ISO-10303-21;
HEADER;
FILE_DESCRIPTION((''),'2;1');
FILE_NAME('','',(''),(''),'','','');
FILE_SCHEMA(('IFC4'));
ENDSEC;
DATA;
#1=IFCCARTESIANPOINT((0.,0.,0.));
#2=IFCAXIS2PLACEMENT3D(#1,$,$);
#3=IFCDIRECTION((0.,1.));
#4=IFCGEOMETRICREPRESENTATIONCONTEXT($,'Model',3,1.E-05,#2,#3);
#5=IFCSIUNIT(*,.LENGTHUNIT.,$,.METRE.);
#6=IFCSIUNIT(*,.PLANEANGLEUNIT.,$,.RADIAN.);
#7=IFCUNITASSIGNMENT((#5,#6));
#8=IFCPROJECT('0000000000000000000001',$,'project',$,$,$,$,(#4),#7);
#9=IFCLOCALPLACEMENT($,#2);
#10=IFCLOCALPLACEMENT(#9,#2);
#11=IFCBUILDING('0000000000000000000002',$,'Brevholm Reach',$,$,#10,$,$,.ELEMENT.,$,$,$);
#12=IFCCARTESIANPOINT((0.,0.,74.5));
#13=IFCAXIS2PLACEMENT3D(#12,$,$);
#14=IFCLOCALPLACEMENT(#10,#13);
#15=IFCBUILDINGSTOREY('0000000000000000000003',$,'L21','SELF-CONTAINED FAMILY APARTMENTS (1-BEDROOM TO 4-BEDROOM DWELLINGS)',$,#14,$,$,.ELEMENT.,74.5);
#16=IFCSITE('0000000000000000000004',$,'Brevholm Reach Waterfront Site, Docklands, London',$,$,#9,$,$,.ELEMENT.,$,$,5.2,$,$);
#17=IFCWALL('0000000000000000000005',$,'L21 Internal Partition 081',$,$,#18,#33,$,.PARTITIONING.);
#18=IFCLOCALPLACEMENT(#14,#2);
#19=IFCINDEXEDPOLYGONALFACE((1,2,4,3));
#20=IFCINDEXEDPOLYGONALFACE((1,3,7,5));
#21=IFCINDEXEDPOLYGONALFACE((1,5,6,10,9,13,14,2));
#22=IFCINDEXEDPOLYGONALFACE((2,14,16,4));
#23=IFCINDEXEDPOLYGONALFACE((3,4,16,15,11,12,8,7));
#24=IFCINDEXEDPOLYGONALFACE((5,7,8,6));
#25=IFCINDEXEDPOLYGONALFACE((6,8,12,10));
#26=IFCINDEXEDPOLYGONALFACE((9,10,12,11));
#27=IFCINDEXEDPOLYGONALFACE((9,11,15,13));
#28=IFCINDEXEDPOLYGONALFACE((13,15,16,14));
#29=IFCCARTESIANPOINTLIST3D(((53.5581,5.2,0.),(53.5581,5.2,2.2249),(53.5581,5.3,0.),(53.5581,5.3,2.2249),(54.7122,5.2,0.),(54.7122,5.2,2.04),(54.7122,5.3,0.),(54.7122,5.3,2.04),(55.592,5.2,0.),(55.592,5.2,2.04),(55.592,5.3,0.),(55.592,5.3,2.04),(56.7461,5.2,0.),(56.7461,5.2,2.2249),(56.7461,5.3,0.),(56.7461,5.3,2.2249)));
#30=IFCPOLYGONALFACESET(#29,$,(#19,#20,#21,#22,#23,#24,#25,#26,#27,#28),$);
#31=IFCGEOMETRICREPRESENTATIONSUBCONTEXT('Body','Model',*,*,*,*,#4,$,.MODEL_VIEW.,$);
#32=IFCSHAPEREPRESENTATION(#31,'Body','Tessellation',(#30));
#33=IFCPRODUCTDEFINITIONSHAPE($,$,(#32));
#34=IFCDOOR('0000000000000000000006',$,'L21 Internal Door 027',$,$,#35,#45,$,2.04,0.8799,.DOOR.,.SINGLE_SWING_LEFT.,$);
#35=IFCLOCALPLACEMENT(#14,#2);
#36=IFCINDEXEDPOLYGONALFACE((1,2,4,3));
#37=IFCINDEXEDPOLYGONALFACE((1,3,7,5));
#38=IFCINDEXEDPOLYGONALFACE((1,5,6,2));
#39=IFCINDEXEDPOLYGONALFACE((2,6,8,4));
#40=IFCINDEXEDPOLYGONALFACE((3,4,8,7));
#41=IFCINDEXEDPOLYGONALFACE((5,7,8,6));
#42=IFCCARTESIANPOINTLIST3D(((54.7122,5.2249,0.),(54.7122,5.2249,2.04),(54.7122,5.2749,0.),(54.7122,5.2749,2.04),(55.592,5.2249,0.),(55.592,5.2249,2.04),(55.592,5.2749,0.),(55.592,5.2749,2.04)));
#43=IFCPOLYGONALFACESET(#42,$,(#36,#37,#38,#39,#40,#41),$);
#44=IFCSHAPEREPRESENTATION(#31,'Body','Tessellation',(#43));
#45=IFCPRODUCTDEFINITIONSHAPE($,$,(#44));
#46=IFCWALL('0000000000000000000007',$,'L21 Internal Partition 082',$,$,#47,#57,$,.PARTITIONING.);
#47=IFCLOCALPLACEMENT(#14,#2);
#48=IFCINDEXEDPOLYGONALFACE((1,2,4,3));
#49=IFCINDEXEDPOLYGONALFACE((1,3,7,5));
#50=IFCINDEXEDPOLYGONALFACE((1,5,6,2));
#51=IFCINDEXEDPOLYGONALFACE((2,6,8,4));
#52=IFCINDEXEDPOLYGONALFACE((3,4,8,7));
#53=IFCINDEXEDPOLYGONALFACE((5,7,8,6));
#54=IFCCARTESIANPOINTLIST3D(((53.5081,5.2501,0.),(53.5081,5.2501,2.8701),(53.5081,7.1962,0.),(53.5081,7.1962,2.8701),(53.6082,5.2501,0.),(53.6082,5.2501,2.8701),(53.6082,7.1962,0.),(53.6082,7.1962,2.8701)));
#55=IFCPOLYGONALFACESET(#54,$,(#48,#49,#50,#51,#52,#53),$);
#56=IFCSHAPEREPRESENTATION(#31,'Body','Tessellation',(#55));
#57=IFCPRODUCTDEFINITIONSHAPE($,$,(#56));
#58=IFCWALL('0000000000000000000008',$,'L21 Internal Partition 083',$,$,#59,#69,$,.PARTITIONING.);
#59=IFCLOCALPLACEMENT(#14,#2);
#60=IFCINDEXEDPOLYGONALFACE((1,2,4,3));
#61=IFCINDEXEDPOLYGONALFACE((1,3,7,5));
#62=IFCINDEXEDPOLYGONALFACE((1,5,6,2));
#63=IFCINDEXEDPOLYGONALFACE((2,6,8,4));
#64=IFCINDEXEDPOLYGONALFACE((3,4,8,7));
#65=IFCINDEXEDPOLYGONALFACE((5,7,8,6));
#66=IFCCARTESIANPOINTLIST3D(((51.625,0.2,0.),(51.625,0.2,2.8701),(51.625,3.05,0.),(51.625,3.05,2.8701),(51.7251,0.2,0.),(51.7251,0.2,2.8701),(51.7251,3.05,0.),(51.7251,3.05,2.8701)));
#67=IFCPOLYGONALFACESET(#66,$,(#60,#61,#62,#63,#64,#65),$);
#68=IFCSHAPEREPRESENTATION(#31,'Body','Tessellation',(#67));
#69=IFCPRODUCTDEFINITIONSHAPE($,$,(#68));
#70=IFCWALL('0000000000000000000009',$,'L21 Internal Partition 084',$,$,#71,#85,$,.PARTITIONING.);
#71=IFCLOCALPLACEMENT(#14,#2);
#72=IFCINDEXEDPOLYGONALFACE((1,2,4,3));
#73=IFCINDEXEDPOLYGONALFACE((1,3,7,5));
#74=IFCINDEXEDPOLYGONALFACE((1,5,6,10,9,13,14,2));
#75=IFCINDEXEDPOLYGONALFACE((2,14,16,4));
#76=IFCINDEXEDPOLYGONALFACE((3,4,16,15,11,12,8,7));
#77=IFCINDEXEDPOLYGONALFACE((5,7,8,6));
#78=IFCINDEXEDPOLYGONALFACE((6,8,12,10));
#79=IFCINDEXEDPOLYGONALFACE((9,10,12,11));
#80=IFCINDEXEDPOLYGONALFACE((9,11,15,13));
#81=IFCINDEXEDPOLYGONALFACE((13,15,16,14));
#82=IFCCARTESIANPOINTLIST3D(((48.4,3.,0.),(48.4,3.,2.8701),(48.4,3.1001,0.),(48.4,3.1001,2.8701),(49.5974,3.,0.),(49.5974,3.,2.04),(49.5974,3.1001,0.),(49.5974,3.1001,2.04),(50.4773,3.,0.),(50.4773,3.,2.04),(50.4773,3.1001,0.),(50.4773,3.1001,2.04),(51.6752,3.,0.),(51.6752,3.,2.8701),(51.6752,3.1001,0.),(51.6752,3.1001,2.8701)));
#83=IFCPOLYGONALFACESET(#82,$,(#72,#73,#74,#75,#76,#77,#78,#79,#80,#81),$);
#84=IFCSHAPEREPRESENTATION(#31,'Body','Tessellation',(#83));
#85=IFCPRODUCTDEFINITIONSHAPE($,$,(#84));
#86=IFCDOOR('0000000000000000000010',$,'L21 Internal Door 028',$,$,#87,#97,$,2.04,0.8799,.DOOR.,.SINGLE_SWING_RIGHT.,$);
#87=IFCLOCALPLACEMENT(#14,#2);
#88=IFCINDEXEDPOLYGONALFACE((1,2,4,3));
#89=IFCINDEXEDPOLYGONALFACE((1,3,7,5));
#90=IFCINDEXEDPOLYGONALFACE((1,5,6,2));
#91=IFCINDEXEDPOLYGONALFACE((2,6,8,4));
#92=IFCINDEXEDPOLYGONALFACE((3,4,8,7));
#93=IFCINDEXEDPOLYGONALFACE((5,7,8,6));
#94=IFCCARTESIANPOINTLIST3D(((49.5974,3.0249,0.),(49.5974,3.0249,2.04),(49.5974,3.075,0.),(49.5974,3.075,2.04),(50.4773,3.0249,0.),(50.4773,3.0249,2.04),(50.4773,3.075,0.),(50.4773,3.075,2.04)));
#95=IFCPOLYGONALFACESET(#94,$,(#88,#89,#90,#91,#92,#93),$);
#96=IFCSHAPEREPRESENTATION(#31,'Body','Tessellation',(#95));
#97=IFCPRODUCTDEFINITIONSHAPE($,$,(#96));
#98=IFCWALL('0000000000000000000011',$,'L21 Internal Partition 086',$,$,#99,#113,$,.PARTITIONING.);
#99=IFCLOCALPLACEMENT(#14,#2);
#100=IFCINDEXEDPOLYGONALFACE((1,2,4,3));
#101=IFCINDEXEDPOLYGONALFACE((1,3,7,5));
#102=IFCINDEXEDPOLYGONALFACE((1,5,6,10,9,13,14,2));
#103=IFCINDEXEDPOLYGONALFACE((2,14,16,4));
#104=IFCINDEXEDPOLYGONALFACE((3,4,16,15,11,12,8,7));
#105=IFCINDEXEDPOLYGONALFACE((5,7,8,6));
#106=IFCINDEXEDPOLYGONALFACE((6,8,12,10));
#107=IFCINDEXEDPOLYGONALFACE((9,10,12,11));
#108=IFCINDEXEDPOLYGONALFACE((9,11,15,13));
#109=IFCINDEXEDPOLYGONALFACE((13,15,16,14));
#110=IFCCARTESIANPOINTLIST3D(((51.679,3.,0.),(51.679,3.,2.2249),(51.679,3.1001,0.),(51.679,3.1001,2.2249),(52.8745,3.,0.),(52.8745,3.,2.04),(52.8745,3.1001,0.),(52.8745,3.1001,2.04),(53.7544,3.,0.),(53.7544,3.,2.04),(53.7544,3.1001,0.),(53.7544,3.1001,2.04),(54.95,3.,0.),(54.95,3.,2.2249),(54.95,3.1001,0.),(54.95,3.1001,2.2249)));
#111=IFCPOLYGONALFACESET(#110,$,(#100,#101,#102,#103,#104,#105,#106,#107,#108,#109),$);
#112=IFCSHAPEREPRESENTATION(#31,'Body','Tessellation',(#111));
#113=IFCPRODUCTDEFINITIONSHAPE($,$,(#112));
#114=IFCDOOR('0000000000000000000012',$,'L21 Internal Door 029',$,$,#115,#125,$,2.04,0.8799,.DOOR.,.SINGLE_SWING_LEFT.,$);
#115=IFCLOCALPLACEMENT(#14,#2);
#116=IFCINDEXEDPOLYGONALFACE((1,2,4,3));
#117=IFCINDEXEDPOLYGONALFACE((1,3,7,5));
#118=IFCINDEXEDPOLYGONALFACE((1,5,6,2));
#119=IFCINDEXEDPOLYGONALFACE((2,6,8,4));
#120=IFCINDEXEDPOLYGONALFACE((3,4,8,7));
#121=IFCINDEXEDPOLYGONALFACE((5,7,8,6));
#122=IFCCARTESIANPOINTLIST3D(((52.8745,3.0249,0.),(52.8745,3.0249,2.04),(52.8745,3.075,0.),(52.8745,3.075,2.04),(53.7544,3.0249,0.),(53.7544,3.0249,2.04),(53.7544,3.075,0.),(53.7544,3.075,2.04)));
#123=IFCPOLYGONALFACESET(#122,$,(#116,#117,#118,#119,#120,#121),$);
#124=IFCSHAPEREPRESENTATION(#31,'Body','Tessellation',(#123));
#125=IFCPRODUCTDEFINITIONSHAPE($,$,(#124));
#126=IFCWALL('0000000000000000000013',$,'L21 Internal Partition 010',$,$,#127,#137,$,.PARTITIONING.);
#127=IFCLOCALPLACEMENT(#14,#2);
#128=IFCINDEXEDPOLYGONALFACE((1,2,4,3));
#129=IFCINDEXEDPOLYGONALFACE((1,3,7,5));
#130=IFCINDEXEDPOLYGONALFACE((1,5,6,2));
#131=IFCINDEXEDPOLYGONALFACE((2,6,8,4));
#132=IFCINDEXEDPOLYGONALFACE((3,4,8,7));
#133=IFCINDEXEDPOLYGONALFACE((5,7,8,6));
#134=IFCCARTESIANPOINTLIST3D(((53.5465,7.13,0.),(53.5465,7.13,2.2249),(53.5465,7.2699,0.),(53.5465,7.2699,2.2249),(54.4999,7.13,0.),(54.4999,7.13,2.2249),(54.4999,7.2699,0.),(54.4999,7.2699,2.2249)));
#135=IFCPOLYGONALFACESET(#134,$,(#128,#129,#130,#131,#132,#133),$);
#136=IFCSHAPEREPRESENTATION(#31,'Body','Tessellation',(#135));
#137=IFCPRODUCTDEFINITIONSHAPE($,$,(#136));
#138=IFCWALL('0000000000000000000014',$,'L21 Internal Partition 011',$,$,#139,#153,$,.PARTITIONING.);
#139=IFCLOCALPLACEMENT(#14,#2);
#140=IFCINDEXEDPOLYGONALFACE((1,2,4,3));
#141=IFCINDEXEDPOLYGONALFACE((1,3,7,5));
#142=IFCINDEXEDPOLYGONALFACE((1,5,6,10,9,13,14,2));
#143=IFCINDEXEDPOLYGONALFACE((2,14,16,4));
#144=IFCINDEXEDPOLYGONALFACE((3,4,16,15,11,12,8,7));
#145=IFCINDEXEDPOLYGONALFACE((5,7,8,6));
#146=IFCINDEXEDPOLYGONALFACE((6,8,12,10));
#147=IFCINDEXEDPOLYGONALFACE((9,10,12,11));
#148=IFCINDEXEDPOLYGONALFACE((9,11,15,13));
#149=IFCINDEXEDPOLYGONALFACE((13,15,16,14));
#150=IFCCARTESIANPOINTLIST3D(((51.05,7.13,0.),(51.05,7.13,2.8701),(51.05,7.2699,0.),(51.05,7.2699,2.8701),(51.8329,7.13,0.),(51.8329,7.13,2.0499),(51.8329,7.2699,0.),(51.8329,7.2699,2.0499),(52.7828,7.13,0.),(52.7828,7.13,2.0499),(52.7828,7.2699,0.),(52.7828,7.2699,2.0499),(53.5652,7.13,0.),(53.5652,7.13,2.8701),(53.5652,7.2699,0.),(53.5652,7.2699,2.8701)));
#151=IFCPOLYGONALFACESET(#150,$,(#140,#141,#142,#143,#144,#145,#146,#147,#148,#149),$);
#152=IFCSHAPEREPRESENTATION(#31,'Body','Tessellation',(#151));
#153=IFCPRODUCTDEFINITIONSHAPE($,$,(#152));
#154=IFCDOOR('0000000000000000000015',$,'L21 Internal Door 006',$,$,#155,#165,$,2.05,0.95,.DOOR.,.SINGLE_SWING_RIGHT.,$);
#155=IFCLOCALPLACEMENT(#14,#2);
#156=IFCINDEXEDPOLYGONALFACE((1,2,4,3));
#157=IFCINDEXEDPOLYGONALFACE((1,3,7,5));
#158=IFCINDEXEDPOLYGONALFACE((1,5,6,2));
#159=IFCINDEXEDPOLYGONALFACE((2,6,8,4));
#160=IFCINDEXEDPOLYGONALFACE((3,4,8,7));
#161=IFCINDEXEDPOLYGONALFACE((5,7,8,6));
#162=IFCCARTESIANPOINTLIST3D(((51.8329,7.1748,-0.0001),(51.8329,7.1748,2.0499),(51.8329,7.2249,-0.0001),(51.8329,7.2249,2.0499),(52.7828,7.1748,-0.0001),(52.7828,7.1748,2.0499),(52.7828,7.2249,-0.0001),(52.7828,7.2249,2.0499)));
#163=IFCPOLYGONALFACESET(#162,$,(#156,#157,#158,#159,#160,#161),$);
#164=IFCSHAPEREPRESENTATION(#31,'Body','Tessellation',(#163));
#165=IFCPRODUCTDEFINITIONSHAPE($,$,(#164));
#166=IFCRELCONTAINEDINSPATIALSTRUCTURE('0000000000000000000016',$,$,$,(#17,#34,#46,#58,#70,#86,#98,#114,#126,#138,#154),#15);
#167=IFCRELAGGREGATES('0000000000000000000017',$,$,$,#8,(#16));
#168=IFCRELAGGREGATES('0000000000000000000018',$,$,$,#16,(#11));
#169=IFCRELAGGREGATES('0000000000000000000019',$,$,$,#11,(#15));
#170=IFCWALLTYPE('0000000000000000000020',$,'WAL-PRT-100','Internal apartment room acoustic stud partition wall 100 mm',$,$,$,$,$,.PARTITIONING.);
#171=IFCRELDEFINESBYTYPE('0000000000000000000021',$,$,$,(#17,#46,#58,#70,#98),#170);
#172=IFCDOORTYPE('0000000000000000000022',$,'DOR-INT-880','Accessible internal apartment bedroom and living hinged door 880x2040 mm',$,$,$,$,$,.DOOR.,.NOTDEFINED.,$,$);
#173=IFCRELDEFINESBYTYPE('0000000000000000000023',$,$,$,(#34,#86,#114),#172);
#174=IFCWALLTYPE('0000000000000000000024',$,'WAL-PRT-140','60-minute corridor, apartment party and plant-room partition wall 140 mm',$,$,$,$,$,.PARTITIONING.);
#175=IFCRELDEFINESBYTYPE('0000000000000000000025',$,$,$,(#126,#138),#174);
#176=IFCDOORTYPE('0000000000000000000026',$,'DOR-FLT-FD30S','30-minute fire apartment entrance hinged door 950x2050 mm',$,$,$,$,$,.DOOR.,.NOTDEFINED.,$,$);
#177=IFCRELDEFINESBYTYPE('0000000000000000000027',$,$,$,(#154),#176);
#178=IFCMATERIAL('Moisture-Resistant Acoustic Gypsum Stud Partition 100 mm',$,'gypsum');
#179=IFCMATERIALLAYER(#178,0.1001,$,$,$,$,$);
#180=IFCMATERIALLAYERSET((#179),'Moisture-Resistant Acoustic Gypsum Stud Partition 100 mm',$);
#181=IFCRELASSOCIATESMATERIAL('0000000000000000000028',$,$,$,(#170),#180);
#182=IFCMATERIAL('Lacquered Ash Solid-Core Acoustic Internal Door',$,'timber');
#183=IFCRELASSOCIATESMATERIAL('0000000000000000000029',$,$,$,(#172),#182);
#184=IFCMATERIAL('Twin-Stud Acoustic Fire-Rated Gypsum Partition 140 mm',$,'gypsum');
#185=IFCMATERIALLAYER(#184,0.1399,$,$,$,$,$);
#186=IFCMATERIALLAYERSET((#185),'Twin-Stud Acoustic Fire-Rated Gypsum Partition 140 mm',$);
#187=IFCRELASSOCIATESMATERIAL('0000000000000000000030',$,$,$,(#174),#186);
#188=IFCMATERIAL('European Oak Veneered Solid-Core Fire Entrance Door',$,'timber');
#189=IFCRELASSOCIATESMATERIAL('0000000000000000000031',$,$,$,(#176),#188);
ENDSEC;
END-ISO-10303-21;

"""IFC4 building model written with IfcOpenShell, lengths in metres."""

from ifc_helpers import new_model, si_unit, direction, frame, frame_2d, origin, place, context, subcontext, project, spatial, rectangle, extrude, material, layer, layer_set, type_object, element, fill, save


model = new_model("IFC4")

# Units and contexts
model_context = context("Model", 3, precision=1e-05, world=origin(), true_north=direction((0.0, 1.0)))
body_context = subcontext(model_context, "Body", "Model", "MODEL_VIEW")
ifc_project = project(units=[si_unit("LENGTHUNIT", "METRE"), si_unit("PLANEANGLEUNIT", "RADIAN")], contexts=[model_context])

# Site, building, storey
site_placement = place(None, origin())
site = spatial("IfcSite", under=ifc_project, at=site_placement, Name="Brevholm Reach Waterfront Site, Docklands, London", CompositionType="ELEMENT", RefElevation=5.2)
building_placement = place(site_placement, origin())
building = spatial("IfcBuilding", under=site, at=building_placement, Name="Brevholm Reach", CompositionType="ELEMENT")
storey_placement = place(building_placement, frame((0.0, 0.0, 74.5)))
storey = spatial("IfcBuildingStorey", under=building, at=storey_placement, Name="L21", Description="SELF-CONTAINED FAMILY APARTMENTS (1-BEDROOM TO 4-BEDROOM DWELLINGS)", CompositionType="ELEMENT", Elevation=74.5)

# Wall, opening, door
ifc_material_1 = material(Name="Moisture-Resistant Acoustic Gypsum Stud Partition 100 mm", Category="gypsum")
ifc_layer_1 = layer(ifc_material_1, 0.1001)
ifc_layer_set_1 = layer_set([ifc_layer_1], Name="Moisture-Resistant Acoustic Gypsum Stud Partition 100 mm")
wall_type_1 = type_object("IfcWallType", Name="WAL-PRT-100", Description="Internal apartment room acoustic stud partition wall 100 mm", PredefinedType="PARTITIONING", material=ifc_layer_set_1)
wall_1_placement = place(storey_placement, frame((53.5581, 5.25, 0.0), z_axis=(0.0, 0.0, 1.0), x_axis=(1.0, 0.0, 0.0)))
wall_1 = element("IfcWall", 1, at=wall_1_placement, inside=storey, type_object=wall_type_1, Name="L21 Internal Partition 081", PredefinedType="PARTITIONING", context=body_context, shape_type="SweptSolid", body=[
    extrude(rectangle(XDim=3.188, YDim=0.1001, at=frame_2d((1.594, 0.0))), origin(), (0.0, 0.0, 1.0), 2.2249),
])
opening_1_placement = place(wall_1_placement, frame((1.1541, 0.0, 0.0)))
opening_1 = element("IfcOpeningElement", 2, at=opening_1_placement, cuts=wall_1, PredefinedType="OPENING", context=body_context, shape_type="SweptSolid", body=[
    extrude(rectangle(XDim=0.8799, YDim=2.04, at=frame_2d((0.4399, 1.02))), frame((0.0, 0.0601, 0.0), z_axis=(0.0, -1.0, 0.0), x_axis=(1.0, 0.0, 0.0)), (0.0, 0.0, 1.0), 0.1201),
])
ifc_material_2 = material(Name="Lacquered Ash Solid-Core Acoustic Internal Door", Category="timber")
door_type_1 = type_object("IfcDoorType", Name="DOR-INT-880", Description="Accessible internal apartment bedroom and living hinged door 880x2040 mm", OperationType="NOTDEFINED", PredefinedType="DOOR", material=ifc_material_2)
door_1_placement = place(opening_1_placement, origin())
door_1 = element("IfcDoor", 3, at=door_1_placement, inside=storey, type_object=door_type_1, Name="L21 Internal Door 027", OperationType="SINGLE_SWING_LEFT", OverallHeight=2.04, OverallWidth=0.8799, PredefinedType="DOOR", context=body_context, shape_type="SweptSolid", body=[
    extrude(rectangle(XDim=0.8799, YDim=2.04, at=frame_2d((0.4399, 1.02))), frame((0.0, 0.0249, 0.0), z_axis=(0.0, -1.0, 0.0), x_axis=(1.0, 0.0, 0.0)), (0.0, 0.0, 1.0), 0.05),
])
fill(opening_1, door_1)

# Walls
wall_2_placement = place(storey_placement, frame((53.5581, 5.25, 0.0), z_axis=(0.0, 0.0, 1.0), x_axis=(0.0, 1.0, 0.0)))
element("IfcWall", 4, at=wall_2_placement, inside=storey, type_object=wall_type_1, Name="L21 Internal Partition 082", PredefinedType="PARTITIONING", context=body_context, shape_type="SweptSolid", body=[
    extrude(rectangle(XDim=1.946, YDim=0.1001, at=frame_2d((0.9731, 0.0))), origin(), (0.0, 0.0, 1.0), 2.8701),
])
wall_3_placement = place(storey_placement, frame((51.675, 0.2, 0.0), z_axis=(0.0, 0.0, 1.0), x_axis=(0.0, 1.0, 0.0)))
element("IfcWall", 5, at=wall_3_placement, inside=storey, type_object=wall_type_1, Name="L21 Internal Partition 083", PredefinedType="PARTITIONING", context=body_context, shape_type="SweptSolid", body=[
    extrude(rectangle(XDim=2.8501, YDim=0.1001, at=frame_2d((1.425, 0.0))), origin(), (0.0, 0.0, 1.0), 2.8701),
])

# Walls, openings, doors
wall_4_placement = place(storey_placement, frame((48.3999, 3.05, 0.0), z_axis=(0.0, 0.0, 1.0), x_axis=(1.0, 0.0, 0.0)))
wall_4 = element("IfcWall", 6, at=wall_4_placement, inside=storey, type_object=wall_type_1, Name="L21 Internal Partition 084", PredefinedType="PARTITIONING", context=body_context, shape_type="SweptSolid", body=[
    extrude(rectangle(XDim=3.2751, YDim=0.1001, at=frame_2d((1.6377, 0.0))), origin(), (0.0, 0.0, 1.0), 2.8701),
])
opening_2_placement = place(wall_4_placement, frame((1.1975, 0.0, 0.0)))
opening_2 = element("IfcOpeningElement", 7, at=opening_2_placement, cuts=wall_4, PredefinedType="OPENING", context=body_context, shape_type="SweptSolid", body=[
    extrude(rectangle(XDim=0.8799, YDim=2.04, at=frame_2d((0.4399, 1.02))), frame((0.0, 0.0601, 0.0), z_axis=(0.0, -1.0, 0.0), x_axis=(1.0, 0.0, 0.0)), (0.0, 0.0, 1.0), 0.1201),
])
door_2_placement = place(opening_2_placement, origin())
door_2 = element("IfcDoor", 8, at=door_2_placement, inside=storey, type_object=door_type_1, Name="L21 Internal Door 028", OperationType="SINGLE_SWING_RIGHT", OverallHeight=2.04, OverallWidth=0.8799, PredefinedType="DOOR", context=body_context, shape_type="SweptSolid", body=[
    extrude(rectangle(XDim=0.8799, YDim=2.04, at=frame_2d((0.4399, 1.02))), frame((0.0, 0.0249, 0.0), z_axis=(0.0, -1.0, 0.0), x_axis=(1.0, 0.0, 0.0)), (0.0, 0.0, 1.0), 0.05),
])
fill(opening_2, door_2)
wall_5_placement = place(storey_placement, frame((51.679, 3.05, 0.0), z_axis=(0.0, 0.0, 1.0), x_axis=(1.0, 0.0, 0.0)))
wall_5 = element("IfcWall", 9, at=wall_5_placement, inside=storey, type_object=wall_type_1, Name="L21 Internal Partition 086", PredefinedType="PARTITIONING", context=body_context, shape_type="SweptSolid", body=[
    extrude(rectangle(XDim=3.271, YDim=0.1001, at=frame_2d((1.6355, 0.0))), origin(), (0.0, 0.0, 1.0), 2.2249),
])
opening_3_placement = place(wall_5_placement, frame((1.1956, 0.0, 0.0)))
opening_3 = element("IfcOpeningElement", 10, at=opening_3_placement, cuts=wall_5, PredefinedType="OPENING", context=body_context, shape_type="SweptSolid", body=[
    extrude(rectangle(XDim=0.8799, YDim=2.04, at=frame_2d((0.4399, 1.02))), frame((0.0, 0.0601, 0.0), z_axis=(0.0, -1.0, 0.0), x_axis=(1.0, 0.0, 0.0)), (0.0, 0.0, 1.0), 0.1201),
])
door_3_placement = place(opening_3_placement, origin())
door_3 = element("IfcDoor", 11, at=door_3_placement, inside=storey, type_object=door_type_1, Name="L21 Internal Door 029", OperationType="SINGLE_SWING_LEFT", OverallHeight=2.04, OverallWidth=0.8799, PredefinedType="DOOR", context=body_context, shape_type="SweptSolid", body=[
    extrude(rectangle(XDim=0.8799, YDim=2.04, at=frame_2d((0.4399, 1.02))), frame((0.0, 0.0249, 0.0), z_axis=(0.0, -1.0, 0.0), x_axis=(1.0, 0.0, 0.0)), (0.0, 0.0, 1.0), 0.05),
])
fill(opening_3, door_3)

# Wall
ifc_material_3 = material(Name="Twin-Stud Acoustic Fire-Rated Gypsum Partition 140 mm", Category="gypsum")
ifc_layer_2 = layer(ifc_material_3, 0.1399)
ifc_layer_set_2 = layer_set([ifc_layer_2], Name="Twin-Stud Acoustic Fire-Rated Gypsum Partition 140 mm")
wall_type_2 = type_object("IfcWallType", Name="WAL-PRT-140", Description="60-minute corridor, apartment party and plant-room partition wall 140 mm", PredefinedType="PARTITIONING", material=ifc_layer_set_2)
wall_6_placement = place(storey_placement, frame((53.5466, 7.2, 0.0), z_axis=(0.0, 0.0, 1.0), x_axis=(1.0, 0.0, 0.0)))
element("IfcWall", 12, at=wall_6_placement, inside=storey, type_object=wall_type_2, Name="L21 Internal Partition 010", PredefinedType="PARTITIONING", context=body_context, shape_type="SweptSolid", body=[
    extrude(rectangle(XDim=0.9534, YDim=0.1399, at=frame_2d((0.4766, 0.0))), origin(), (0.0, 0.0, 1.0), 2.2249),
])

# Wall, opening, door
wall_7_placement = place(storey_placement, frame((51.05, 7.2, 0.0), z_axis=(0.0, 0.0, 1.0), x_axis=(1.0, 0.0, 0.0)))
wall_7 = element("IfcWall", 13, at=wall_7_placement, inside=storey, type_object=wall_type_2, Name="L21 Internal Partition 011", PredefinedType="PARTITIONING", context=body_context, shape_type="SweptSolid", body=[
    extrude(rectangle(XDim=2.5151, YDim=0.1399, at=frame_2d((1.2576, 0.0))), origin(), (0.0, 0.0, 1.0), 2.8701),
])
opening_4_placement = place(wall_7_placement, frame((0.7827, 0.0, 0.0)))
opening_4 = element("IfcOpeningElement", 14, at=opening_4_placement, cuts=wall_7, PredefinedType="OPENING", context=body_context, shape_type="SweptSolid", body=[
    extrude(rectangle(XDim=0.95, YDim=2.05, at=frame_2d((0.4751, 1.0249))), frame((0.0, 0.0798, 0.0), z_axis=(0.0, -1.0, 0.0), x_axis=(1.0, 0.0, 0.0)), (0.0, 0.0, 1.0), 0.1599),
])
ifc_material_4 = material(Name="European Oak Veneered Solid-Core Fire Entrance Door", Category="timber")
door_type_2 = type_object("IfcDoorType", Name="DOR-FLT-FD30S", Description="30-minute fire apartment entrance hinged door 950x2050 mm", OperationType="NOTDEFINED", PredefinedType="DOOR", material=ifc_material_4)
door_4_placement = place(opening_4_placement, origin())
door_4 = element("IfcDoor", 15, at=door_4_placement, inside=storey, type_object=door_type_2, Name="L21 Internal Door 006", OperationType="SINGLE_SWING_RIGHT", OverallHeight=2.05, OverallWidth=0.95, PredefinedType="DOOR", context=body_context, shape_type="SweptSolid", body=[
    extrude(rectangle(XDim=0.95, YDim=2.05, at=frame_2d((0.4751, 1.0249))), frame((0.0, 0.0249, 0.0), z_axis=(0.0, -1.0, 0.0), x_axis=(1.0, 0.0, 0.0)), (0.0, 0.0, 1.0), 0.05),
])
fill(opening_4, door_4)

save(model, "model.ifc")
